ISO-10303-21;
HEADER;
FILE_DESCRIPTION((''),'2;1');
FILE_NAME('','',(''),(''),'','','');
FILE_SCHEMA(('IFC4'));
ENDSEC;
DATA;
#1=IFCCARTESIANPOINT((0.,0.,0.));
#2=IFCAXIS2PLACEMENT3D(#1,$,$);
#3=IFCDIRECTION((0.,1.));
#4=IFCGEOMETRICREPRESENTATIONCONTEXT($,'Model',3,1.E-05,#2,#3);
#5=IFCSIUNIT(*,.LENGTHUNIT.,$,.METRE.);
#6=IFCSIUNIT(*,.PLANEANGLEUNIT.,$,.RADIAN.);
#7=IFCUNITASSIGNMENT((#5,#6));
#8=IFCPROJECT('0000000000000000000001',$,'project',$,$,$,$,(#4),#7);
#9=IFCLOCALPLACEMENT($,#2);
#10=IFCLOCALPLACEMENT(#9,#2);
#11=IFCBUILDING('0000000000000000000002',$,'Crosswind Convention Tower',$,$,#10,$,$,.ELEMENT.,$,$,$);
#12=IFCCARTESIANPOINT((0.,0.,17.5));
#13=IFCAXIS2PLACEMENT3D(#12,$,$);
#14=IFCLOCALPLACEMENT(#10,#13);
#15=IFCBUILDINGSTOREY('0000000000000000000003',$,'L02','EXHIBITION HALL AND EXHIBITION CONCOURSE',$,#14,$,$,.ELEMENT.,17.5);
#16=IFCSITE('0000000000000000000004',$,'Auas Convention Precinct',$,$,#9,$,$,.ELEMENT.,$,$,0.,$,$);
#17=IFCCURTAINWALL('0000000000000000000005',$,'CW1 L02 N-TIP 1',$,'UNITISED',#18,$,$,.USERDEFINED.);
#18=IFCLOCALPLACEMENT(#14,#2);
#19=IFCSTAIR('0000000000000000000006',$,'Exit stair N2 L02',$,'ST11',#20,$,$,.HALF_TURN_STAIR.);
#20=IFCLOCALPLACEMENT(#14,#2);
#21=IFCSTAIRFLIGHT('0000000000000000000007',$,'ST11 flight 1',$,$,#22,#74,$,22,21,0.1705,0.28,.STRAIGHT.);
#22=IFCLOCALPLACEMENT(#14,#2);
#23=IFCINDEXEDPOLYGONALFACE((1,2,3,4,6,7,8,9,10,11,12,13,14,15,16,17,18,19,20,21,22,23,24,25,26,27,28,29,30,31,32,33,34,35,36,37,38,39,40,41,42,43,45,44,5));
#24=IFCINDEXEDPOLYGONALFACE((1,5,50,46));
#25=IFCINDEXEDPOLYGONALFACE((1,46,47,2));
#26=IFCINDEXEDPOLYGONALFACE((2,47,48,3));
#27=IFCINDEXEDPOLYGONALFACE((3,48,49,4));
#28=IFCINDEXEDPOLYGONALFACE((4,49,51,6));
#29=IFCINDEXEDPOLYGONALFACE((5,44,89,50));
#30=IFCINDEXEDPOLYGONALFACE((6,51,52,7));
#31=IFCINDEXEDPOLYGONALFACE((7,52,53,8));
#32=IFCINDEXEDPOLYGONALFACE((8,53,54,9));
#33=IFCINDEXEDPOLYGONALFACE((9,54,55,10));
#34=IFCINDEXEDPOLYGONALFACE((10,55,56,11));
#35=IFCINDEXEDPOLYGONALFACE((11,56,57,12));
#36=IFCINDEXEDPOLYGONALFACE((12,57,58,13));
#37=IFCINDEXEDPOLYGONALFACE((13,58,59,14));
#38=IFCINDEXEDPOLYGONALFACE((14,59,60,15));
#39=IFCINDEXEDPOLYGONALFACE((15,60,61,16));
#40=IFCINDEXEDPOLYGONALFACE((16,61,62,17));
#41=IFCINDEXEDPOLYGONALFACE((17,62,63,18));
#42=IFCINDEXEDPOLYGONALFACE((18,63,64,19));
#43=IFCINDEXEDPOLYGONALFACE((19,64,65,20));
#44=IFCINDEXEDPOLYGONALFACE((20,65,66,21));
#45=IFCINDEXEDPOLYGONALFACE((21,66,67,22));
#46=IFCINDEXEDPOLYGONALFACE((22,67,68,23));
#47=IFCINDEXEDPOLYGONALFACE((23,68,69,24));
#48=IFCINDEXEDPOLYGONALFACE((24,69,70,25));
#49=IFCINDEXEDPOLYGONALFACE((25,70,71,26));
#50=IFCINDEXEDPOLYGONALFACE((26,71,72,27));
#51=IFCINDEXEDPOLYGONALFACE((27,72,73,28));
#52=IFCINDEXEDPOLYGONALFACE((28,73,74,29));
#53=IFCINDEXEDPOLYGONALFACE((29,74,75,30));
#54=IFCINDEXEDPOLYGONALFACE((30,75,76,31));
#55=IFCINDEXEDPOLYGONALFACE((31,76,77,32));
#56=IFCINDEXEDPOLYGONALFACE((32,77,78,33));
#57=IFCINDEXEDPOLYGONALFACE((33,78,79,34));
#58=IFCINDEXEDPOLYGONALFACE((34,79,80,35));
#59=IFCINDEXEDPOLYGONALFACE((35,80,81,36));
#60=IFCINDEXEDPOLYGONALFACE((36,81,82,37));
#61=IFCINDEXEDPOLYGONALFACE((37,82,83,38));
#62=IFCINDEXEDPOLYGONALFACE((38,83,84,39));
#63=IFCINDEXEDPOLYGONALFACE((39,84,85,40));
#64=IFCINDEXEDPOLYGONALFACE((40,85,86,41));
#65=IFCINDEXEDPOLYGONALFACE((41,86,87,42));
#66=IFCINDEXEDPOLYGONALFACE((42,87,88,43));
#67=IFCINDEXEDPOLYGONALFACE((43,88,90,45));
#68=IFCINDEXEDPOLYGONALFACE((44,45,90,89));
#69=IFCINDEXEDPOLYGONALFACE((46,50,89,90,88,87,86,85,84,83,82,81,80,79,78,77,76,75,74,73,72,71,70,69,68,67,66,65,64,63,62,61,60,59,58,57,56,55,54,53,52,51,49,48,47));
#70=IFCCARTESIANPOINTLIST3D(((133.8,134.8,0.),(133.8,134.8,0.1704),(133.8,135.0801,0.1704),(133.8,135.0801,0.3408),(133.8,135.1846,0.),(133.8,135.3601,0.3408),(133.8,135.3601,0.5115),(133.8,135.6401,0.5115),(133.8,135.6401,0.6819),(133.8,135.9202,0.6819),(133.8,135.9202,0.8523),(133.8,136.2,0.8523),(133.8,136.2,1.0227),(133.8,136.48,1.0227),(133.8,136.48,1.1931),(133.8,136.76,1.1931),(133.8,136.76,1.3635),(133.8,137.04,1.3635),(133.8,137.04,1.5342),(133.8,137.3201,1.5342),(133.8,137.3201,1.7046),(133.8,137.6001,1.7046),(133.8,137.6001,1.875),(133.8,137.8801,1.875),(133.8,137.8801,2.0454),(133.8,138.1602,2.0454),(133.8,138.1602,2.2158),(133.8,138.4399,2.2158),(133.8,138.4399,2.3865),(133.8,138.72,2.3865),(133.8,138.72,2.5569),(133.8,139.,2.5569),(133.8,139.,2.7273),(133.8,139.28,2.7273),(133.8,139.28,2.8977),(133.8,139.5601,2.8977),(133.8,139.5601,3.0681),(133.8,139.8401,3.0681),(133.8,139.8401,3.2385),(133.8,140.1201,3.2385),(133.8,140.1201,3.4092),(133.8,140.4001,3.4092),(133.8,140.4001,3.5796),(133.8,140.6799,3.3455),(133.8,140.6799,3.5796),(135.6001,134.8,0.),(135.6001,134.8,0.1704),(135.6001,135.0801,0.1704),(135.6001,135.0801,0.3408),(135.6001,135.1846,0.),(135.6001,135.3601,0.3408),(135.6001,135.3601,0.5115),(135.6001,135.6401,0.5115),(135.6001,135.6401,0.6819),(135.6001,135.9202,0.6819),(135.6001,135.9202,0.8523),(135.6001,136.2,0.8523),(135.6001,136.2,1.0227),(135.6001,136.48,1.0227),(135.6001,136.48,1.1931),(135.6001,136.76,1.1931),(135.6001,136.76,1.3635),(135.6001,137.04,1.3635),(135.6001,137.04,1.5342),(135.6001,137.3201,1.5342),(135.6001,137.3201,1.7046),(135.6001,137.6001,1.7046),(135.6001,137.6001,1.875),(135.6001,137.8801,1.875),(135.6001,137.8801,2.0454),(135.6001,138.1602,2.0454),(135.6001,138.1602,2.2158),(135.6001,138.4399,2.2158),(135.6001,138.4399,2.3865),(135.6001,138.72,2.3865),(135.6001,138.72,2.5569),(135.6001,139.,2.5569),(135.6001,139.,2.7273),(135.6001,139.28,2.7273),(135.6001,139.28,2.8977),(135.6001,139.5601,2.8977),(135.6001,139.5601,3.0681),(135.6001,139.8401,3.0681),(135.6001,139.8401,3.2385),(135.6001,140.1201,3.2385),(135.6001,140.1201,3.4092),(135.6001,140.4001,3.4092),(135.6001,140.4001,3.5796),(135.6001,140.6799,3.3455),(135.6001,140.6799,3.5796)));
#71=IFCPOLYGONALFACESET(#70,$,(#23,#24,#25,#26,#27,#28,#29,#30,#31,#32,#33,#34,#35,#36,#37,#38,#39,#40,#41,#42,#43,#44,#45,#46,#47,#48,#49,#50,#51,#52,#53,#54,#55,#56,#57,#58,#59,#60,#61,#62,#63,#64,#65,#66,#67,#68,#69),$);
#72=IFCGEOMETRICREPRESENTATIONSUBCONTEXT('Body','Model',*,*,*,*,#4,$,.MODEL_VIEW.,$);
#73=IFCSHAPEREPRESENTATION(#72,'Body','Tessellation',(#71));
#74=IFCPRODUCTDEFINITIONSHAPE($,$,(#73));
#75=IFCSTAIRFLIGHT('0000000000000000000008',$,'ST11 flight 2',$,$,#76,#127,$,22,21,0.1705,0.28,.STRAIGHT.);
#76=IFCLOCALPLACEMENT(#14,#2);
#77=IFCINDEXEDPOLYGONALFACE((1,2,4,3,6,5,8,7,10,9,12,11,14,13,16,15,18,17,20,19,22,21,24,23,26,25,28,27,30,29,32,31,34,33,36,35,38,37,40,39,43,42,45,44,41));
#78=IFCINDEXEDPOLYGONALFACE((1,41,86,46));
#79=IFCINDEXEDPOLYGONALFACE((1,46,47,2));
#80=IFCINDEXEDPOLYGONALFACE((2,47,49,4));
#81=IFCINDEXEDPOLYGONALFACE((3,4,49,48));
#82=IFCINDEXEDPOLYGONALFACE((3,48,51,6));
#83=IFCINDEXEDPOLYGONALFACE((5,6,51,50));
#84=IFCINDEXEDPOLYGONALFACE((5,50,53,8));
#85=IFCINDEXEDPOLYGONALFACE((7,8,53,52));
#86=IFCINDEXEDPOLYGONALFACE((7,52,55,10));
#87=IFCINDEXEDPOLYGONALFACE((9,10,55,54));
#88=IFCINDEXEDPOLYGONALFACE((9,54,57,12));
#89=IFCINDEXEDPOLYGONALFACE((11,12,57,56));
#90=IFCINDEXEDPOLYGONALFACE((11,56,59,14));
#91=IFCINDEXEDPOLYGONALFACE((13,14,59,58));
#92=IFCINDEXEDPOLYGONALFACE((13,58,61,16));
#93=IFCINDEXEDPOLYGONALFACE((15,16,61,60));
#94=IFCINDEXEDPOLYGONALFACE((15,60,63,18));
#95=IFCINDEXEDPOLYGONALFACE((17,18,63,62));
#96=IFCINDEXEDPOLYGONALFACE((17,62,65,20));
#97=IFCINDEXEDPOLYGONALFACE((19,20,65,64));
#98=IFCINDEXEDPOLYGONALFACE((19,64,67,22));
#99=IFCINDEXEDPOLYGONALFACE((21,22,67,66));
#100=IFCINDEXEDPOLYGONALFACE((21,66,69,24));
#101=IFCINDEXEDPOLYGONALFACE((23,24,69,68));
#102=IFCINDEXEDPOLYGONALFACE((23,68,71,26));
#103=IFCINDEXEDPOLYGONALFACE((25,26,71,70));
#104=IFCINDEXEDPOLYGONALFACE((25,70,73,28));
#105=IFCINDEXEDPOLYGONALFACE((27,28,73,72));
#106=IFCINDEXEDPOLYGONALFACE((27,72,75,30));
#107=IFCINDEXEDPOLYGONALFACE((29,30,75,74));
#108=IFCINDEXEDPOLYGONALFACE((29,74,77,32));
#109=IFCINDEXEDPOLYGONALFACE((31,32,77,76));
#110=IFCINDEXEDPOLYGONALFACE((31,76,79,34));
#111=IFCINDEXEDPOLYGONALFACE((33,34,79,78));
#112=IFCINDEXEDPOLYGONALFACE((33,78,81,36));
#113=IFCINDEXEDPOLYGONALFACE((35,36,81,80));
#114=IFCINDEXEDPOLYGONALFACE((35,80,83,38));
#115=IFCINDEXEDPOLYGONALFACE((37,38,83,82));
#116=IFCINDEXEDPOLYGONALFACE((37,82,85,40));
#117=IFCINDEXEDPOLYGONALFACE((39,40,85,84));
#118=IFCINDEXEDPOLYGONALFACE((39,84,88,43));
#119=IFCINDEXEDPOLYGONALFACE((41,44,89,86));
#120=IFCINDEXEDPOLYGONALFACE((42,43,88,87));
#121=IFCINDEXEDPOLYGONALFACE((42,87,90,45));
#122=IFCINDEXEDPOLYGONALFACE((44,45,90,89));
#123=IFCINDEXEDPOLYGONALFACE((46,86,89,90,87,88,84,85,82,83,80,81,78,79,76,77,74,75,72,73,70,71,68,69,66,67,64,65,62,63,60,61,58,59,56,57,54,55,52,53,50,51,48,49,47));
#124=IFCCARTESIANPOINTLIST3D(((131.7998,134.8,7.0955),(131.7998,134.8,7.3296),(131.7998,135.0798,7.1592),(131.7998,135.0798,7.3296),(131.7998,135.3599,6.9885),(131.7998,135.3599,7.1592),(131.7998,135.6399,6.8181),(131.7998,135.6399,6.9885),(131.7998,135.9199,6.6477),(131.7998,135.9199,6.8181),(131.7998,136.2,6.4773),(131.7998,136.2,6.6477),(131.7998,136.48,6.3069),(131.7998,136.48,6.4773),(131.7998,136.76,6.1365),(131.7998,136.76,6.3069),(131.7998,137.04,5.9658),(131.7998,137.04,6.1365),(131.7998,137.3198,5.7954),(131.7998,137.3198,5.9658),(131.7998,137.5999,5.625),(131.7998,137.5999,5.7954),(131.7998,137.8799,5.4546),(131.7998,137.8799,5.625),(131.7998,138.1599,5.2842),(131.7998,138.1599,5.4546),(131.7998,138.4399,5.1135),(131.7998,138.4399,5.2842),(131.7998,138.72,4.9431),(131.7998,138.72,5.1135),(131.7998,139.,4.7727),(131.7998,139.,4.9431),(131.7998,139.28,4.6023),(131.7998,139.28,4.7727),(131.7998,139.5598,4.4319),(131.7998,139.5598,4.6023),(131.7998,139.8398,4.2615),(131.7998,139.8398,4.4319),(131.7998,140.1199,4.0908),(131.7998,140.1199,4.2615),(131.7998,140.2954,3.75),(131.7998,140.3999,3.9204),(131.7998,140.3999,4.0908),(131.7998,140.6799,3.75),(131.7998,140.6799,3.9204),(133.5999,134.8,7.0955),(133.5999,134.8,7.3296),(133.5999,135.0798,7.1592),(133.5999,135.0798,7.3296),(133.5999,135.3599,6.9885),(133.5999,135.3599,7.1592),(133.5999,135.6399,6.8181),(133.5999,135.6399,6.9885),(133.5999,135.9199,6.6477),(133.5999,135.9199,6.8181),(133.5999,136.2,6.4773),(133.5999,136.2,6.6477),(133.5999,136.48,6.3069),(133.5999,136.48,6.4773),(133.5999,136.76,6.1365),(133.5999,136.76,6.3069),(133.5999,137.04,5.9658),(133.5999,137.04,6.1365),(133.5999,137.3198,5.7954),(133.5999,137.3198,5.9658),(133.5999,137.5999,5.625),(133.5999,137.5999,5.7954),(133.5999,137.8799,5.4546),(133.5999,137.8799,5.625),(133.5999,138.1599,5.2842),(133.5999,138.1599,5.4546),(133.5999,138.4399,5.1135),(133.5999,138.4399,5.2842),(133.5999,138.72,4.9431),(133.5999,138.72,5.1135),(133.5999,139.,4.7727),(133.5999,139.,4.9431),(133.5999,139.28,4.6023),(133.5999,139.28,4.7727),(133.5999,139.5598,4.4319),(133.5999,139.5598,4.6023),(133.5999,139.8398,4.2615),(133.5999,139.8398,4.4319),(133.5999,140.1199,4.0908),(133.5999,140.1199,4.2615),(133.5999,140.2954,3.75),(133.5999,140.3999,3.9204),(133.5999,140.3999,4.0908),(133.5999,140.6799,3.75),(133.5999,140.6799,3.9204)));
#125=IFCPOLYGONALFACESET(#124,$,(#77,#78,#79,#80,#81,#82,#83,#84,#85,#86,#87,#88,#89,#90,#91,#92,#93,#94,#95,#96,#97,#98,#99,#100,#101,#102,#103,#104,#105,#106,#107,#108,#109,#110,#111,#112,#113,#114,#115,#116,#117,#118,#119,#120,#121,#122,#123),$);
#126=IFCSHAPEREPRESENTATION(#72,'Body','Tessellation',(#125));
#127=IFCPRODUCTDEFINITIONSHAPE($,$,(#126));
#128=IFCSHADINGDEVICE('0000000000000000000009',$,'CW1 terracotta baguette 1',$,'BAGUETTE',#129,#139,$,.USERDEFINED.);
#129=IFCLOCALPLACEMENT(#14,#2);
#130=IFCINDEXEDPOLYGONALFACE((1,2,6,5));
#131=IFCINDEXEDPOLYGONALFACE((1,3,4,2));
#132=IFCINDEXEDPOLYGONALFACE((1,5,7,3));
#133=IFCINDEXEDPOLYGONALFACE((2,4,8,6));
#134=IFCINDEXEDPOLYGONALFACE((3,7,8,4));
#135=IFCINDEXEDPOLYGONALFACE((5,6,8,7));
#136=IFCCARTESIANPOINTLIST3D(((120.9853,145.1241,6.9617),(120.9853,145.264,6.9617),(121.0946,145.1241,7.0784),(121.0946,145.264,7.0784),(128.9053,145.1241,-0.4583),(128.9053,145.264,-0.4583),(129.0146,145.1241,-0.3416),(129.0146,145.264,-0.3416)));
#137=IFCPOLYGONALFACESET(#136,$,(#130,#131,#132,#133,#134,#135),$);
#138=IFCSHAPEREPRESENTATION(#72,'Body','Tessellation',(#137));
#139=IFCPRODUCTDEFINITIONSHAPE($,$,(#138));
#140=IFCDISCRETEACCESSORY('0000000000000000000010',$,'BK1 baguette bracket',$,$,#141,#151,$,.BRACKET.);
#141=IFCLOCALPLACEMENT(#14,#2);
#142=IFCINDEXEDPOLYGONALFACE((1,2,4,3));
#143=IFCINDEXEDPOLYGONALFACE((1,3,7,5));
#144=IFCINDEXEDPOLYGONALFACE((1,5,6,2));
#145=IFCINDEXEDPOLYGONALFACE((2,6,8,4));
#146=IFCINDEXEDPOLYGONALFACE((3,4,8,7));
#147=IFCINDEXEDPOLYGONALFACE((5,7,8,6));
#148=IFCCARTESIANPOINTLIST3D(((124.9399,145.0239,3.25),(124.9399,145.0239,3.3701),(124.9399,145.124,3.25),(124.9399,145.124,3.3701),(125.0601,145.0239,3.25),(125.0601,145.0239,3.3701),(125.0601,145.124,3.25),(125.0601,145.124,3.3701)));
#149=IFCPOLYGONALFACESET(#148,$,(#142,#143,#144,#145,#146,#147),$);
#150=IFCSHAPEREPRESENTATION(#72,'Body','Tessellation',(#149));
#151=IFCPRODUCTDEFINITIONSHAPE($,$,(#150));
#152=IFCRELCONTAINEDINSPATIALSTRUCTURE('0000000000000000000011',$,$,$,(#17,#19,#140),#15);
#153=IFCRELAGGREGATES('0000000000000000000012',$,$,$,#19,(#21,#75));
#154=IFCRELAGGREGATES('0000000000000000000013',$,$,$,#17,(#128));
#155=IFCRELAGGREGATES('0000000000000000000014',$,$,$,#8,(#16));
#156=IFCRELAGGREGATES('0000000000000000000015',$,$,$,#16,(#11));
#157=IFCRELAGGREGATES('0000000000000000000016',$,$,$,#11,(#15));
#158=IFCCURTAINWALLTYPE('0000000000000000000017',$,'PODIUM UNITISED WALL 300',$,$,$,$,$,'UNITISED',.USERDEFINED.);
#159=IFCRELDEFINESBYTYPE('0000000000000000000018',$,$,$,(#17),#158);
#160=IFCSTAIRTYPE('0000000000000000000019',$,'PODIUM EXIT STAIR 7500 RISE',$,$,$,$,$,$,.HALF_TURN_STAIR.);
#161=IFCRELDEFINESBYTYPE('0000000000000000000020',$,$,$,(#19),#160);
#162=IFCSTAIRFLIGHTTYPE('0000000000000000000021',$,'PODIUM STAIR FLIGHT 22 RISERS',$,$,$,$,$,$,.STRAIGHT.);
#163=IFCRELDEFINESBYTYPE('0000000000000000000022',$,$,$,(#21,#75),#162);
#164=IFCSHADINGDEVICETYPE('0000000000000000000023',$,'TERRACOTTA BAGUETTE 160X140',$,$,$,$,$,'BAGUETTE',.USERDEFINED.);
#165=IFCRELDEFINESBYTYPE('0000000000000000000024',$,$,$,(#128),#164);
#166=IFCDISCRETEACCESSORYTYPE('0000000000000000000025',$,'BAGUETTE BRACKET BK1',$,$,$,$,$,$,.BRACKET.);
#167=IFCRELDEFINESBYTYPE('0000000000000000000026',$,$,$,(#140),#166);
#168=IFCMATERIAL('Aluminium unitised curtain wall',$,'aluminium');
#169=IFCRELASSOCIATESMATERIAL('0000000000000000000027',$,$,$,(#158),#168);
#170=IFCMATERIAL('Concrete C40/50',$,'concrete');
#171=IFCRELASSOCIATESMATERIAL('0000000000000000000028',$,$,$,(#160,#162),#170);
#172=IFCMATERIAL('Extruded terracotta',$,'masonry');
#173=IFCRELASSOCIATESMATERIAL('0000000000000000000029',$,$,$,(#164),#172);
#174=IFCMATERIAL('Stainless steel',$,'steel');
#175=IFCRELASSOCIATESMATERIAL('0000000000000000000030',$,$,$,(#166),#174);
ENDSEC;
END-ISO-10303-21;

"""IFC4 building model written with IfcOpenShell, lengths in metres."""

from ifc_helpers import new_model, si_unit, direction, frame, origin, origin_2d, place, context, subcontext, project, spatial, polyline, rectangle, outline, extrude, material, material_profile, profile_set, type_object, element, aggregate, save


model = new_model("IFC4")

# Units and contexts
model_context = context("Model", 3, precision=1e-05, world=origin(), true_north=direction((0.0, 1.0)))
body_context = subcontext(model_context, "Body", "Model", "MODEL_VIEW")
ifc_project = project(units=[si_unit("LENGTHUNIT", "METRE"), si_unit("PLANEANGLEUNIT", "RADIAN")], contexts=[model_context])

# Site, building, storey
site_placement = place(None, origin())
site = spatial("IfcSite", under=ifc_project, at=site_placement, Name="Auas Convention Precinct", CompositionType="ELEMENT", RefElevation=0.0)
building_placement = place(site_placement, origin())
building = spatial("IfcBuilding", under=site, at=building_placement, Name="Crosswind Convention Tower", CompositionType="ELEMENT")
storey_placement = place(building_placement, frame((0.0, 0.0, 17.5)))
storey = spatial("IfcBuildingStorey", under=building, at=storey_placement, Name="L02", Description="EXHIBITION HALL AND EXHIBITION CONCOURSE", CompositionType="ELEMENT", Elevation=17.5)

# Curtain wall
ifc_material_1 = material(Name="Aluminium unitised curtain wall", Category="aluminium")
curtain_wall_type = type_object("IfcCurtainWallType", Name="PODIUM UNITISED WALL 300", ElementType="UNITISED", PredefinedType="USERDEFINED", material=ifc_material_1)
curtain_wall_1_placement = place(storey_placement, origin())
curtain_wall_1 = element("IfcCurtainWall", 1, at=curtain_wall_1_placement, inside=storey, type_object=curtain_wall_type, Name="CW1 L02 N-TIP 1", ObjectType="UNITISED", PredefinedType="USERDEFINED")

# Shared definitions
ifc_material_2 = material(Name="Concrete C40/50", Category="concrete")

# Stair, stair flights
stair_type = type_object("IfcStairType", Name="PODIUM EXIT STAIR 7500 RISE", PredefinedType="HALF_TURN_STAIR", material=ifc_material_2)
stair_placement = place(storey_placement, origin())
stair = element("IfcStair", 2, at=stair_placement, inside=storey, type_object=stair_type, Name="Exit stair N2 L02", ObjectType="ST11", PredefinedType="HALF_TURN_STAIR")
stair_flight_type = type_object("IfcStairFlightType", Name="PODIUM STAIR FLIGHT 22 RISERS", PredefinedType="STRAIGHT", material=ifc_material_2)
stair_flight_1_placement = place(storey_placement, frame((134.7, 134.8, 0.0), z_axis=(0.0, 0.0, 1.0), x_axis=(0.0, 1.0, 0.0)))
stair_flight_1 = element("IfcStairFlight", 3, at=stair_flight_1_placement, type_object=stair_flight_type, Name="ST11 flight 1", NumberOfRisers=22, NumberOfTreads=21, PredefinedType="STRAIGHT", RiserHeight=0.1705, TreadLength=0.28, context=body_context, shape_type="SweptSolid", body=[
    extrude(outline(polyline([(0.0, 0.0), (0.0, 0.1704), (0.28, 0.1704), (0.28, 0.3408), (0.5601, 0.3408), (0.5601, 0.5115), (0.8401, 0.5115), (0.8401, 0.6819), (1.1201, 0.6819), (1.1201, 0.8523), (1.3999, 0.8523), (1.3999, 1.0227), (1.6799, 1.0227), (1.6799, 1.1931), (1.96, 1.1931), (1.96, 1.3635), (2.24, 1.3635), (2.24, 1.5342), (2.52, 1.5342), (2.52, 1.7046), (2.8, 1.7046), (2.8, 1.875), (3.0801, 1.875), (3.0801, 2.0454), (3.3601, 2.0454), (3.3601, 2.2158), (3.6399, 2.2158), (3.6399, 2.3865), (3.9199, 2.3865), (3.9199, 2.5569), (4.2, 2.5569), (4.2, 2.7273), (4.48, 2.7273), (4.48, 2.8977), (4.76, 2.8977), (4.76, 3.0681), (5.04, 3.0681), (5.04, 3.2385), (5.3201, 3.2385), (5.3201, 3.4092), (5.6001, 3.4092), (5.6001, 3.5796), (5.8799, 3.5796), (5.8799, 3.75), (5.8799, 3.3455), (0.3845, 0.0), (0.0, 0.0)])), frame((0.0, 0.8999, 0.0), z_axis=(0.0, -1.0, 0.0), x_axis=(1.0, 0.0, 0.0)), (0.0, 0.0, 1.0), 1.8),
])
stair_flight_2_placement = place(storey_placement, frame((132.7, 140.6799, 3.75), z_axis=(0.0, 0.0, 1.0), x_axis=(0.0, -1.0, 0.0)))
stair_flight_2 = element("IfcStairFlight", 4, at=stair_flight_2_placement, type_object=stair_flight_type, Name="ST11 flight 2", NumberOfRisers=22, NumberOfTreads=21, PredefinedType="STRAIGHT", RiserHeight=0.1705, TreadLength=0.28, context=body_context, shape_type="SweptSolid", body=[
    extrude(outline(polyline([(0.0, 0.0), (0.0, 0.1704), (0.28, 0.1704), (0.28, 0.3408), (0.5601, 0.3408), (0.5601, 0.5115), (0.8401, 0.5115), (0.8401, 0.6819), (1.1201, 0.6819), (1.1201, 0.8523), (1.3999, 0.8523), (1.3999, 1.0227), (1.6799, 1.0227), (1.6799, 1.1931), (1.96, 1.1931), (1.96, 1.3635), (2.24, 1.3635), (2.24, 1.5342), (2.52, 1.5342), (2.52, 1.7046), (2.8, 1.7046), (2.8, 1.875), (3.0801, 1.875), (3.0801, 2.0454), (3.3601, 2.0454), (3.3601, 2.2158), (3.6399, 2.2158), (3.6399, 2.3865), (3.9199, 2.3865), (3.9199, 2.5569), (4.2, 2.5569), (4.2, 2.7273), (4.48, 2.7273), (4.48, 2.8977), (4.76, 2.8977), (4.76, 3.0681), (5.04, 3.0681), (5.04, 3.2385), (5.3201, 3.2385), (5.3201, 3.4092), (5.6001, 3.4092), (5.6001, 3.5796), (5.8799, 3.5796), (5.8799, 3.75), (5.8799, 3.3455), (0.3845, 0.0), (0.0, 0.0)])), frame((0.0, 0.8999, 0.0), z_axis=(0.0, -1.0, 0.0), x_axis=(1.0, 0.0, 0.0)), (0.0, 0.0, 1.0), 1.8),
])
aggregate(stair, [stair_flight_1, stair_flight_2])

# Shared definitions
ifc_material_3 = material(Name="Stainless steel", Category="steel")

# Shading device
ifc_material_4 = material(Name="Extruded terracotta", Category="masonry")
ifc_material_profile_1 = material_profile(ifc_material_4, rectangle(XDim=0.1399, YDim=0.1599, at=origin_2d()), Name="TC 140X160")
ifc_profile_set_1 = profile_set([ifc_material_profile_1], Name="Extruded terracotta")
shading_device_type = type_object("IfcShadingDeviceType", Name="TERRACOTTA BAGUETTE 160X140", ElementType="BAGUETTE", PredefinedType="USERDEFINED", material=ifc_profile_set_1)
shading_device_placement = place(storey_placement, frame((128.96, 145.1941, -0.3999), z_axis=(-0.729767, 0.0, 0.683696), x_axis=(0.0, -1.0, 0.0)))
shading_device = element("IfcShadingDevice", 5, at=shading_device_placement, type_object=shading_device_type, Name="CW1 terracotta baguette 1", ObjectType="BAGUETTE", PredefinedType="USERDEFINED", context=body_context, shape_type="SweptSolid", body=[
    extrude(rectangle(XDim=0.1399, YDim=0.1599, at=origin_2d()), origin(), (0.0, 0.0, 1.0), 10.8528),
])
aggregate(curtain_wall_1, [shading_device])

# Discrete accessory
discrete_accessory_type = type_object("IfcDiscreteAccessoryType", Name="BAGUETTE BRACKET BK1", PredefinedType="BRACKET", material=ifc_material_3)
discrete_accessory_placement = place(storey_placement, frame((125.0, 145.074, 3.25), z_axis=(0.0, 0.0, 1.0), x_axis=(-1.0, 0.0, 0.0)))
element("IfcDiscreteAccessory", 6, at=discrete_accessory_placement, inside=storey, type_object=discrete_accessory_type, Name="BK1 baguette bracket", PredefinedType="BRACKET", context=body_context, shape_type="SweptSolid", body=[
    extrude(rectangle(XDim=0.1201, YDim=0.1001, at=origin_2d()), origin(), (0.0, 0.0, 1.0), 0.1201),
])

save(model, "model.ifc")
